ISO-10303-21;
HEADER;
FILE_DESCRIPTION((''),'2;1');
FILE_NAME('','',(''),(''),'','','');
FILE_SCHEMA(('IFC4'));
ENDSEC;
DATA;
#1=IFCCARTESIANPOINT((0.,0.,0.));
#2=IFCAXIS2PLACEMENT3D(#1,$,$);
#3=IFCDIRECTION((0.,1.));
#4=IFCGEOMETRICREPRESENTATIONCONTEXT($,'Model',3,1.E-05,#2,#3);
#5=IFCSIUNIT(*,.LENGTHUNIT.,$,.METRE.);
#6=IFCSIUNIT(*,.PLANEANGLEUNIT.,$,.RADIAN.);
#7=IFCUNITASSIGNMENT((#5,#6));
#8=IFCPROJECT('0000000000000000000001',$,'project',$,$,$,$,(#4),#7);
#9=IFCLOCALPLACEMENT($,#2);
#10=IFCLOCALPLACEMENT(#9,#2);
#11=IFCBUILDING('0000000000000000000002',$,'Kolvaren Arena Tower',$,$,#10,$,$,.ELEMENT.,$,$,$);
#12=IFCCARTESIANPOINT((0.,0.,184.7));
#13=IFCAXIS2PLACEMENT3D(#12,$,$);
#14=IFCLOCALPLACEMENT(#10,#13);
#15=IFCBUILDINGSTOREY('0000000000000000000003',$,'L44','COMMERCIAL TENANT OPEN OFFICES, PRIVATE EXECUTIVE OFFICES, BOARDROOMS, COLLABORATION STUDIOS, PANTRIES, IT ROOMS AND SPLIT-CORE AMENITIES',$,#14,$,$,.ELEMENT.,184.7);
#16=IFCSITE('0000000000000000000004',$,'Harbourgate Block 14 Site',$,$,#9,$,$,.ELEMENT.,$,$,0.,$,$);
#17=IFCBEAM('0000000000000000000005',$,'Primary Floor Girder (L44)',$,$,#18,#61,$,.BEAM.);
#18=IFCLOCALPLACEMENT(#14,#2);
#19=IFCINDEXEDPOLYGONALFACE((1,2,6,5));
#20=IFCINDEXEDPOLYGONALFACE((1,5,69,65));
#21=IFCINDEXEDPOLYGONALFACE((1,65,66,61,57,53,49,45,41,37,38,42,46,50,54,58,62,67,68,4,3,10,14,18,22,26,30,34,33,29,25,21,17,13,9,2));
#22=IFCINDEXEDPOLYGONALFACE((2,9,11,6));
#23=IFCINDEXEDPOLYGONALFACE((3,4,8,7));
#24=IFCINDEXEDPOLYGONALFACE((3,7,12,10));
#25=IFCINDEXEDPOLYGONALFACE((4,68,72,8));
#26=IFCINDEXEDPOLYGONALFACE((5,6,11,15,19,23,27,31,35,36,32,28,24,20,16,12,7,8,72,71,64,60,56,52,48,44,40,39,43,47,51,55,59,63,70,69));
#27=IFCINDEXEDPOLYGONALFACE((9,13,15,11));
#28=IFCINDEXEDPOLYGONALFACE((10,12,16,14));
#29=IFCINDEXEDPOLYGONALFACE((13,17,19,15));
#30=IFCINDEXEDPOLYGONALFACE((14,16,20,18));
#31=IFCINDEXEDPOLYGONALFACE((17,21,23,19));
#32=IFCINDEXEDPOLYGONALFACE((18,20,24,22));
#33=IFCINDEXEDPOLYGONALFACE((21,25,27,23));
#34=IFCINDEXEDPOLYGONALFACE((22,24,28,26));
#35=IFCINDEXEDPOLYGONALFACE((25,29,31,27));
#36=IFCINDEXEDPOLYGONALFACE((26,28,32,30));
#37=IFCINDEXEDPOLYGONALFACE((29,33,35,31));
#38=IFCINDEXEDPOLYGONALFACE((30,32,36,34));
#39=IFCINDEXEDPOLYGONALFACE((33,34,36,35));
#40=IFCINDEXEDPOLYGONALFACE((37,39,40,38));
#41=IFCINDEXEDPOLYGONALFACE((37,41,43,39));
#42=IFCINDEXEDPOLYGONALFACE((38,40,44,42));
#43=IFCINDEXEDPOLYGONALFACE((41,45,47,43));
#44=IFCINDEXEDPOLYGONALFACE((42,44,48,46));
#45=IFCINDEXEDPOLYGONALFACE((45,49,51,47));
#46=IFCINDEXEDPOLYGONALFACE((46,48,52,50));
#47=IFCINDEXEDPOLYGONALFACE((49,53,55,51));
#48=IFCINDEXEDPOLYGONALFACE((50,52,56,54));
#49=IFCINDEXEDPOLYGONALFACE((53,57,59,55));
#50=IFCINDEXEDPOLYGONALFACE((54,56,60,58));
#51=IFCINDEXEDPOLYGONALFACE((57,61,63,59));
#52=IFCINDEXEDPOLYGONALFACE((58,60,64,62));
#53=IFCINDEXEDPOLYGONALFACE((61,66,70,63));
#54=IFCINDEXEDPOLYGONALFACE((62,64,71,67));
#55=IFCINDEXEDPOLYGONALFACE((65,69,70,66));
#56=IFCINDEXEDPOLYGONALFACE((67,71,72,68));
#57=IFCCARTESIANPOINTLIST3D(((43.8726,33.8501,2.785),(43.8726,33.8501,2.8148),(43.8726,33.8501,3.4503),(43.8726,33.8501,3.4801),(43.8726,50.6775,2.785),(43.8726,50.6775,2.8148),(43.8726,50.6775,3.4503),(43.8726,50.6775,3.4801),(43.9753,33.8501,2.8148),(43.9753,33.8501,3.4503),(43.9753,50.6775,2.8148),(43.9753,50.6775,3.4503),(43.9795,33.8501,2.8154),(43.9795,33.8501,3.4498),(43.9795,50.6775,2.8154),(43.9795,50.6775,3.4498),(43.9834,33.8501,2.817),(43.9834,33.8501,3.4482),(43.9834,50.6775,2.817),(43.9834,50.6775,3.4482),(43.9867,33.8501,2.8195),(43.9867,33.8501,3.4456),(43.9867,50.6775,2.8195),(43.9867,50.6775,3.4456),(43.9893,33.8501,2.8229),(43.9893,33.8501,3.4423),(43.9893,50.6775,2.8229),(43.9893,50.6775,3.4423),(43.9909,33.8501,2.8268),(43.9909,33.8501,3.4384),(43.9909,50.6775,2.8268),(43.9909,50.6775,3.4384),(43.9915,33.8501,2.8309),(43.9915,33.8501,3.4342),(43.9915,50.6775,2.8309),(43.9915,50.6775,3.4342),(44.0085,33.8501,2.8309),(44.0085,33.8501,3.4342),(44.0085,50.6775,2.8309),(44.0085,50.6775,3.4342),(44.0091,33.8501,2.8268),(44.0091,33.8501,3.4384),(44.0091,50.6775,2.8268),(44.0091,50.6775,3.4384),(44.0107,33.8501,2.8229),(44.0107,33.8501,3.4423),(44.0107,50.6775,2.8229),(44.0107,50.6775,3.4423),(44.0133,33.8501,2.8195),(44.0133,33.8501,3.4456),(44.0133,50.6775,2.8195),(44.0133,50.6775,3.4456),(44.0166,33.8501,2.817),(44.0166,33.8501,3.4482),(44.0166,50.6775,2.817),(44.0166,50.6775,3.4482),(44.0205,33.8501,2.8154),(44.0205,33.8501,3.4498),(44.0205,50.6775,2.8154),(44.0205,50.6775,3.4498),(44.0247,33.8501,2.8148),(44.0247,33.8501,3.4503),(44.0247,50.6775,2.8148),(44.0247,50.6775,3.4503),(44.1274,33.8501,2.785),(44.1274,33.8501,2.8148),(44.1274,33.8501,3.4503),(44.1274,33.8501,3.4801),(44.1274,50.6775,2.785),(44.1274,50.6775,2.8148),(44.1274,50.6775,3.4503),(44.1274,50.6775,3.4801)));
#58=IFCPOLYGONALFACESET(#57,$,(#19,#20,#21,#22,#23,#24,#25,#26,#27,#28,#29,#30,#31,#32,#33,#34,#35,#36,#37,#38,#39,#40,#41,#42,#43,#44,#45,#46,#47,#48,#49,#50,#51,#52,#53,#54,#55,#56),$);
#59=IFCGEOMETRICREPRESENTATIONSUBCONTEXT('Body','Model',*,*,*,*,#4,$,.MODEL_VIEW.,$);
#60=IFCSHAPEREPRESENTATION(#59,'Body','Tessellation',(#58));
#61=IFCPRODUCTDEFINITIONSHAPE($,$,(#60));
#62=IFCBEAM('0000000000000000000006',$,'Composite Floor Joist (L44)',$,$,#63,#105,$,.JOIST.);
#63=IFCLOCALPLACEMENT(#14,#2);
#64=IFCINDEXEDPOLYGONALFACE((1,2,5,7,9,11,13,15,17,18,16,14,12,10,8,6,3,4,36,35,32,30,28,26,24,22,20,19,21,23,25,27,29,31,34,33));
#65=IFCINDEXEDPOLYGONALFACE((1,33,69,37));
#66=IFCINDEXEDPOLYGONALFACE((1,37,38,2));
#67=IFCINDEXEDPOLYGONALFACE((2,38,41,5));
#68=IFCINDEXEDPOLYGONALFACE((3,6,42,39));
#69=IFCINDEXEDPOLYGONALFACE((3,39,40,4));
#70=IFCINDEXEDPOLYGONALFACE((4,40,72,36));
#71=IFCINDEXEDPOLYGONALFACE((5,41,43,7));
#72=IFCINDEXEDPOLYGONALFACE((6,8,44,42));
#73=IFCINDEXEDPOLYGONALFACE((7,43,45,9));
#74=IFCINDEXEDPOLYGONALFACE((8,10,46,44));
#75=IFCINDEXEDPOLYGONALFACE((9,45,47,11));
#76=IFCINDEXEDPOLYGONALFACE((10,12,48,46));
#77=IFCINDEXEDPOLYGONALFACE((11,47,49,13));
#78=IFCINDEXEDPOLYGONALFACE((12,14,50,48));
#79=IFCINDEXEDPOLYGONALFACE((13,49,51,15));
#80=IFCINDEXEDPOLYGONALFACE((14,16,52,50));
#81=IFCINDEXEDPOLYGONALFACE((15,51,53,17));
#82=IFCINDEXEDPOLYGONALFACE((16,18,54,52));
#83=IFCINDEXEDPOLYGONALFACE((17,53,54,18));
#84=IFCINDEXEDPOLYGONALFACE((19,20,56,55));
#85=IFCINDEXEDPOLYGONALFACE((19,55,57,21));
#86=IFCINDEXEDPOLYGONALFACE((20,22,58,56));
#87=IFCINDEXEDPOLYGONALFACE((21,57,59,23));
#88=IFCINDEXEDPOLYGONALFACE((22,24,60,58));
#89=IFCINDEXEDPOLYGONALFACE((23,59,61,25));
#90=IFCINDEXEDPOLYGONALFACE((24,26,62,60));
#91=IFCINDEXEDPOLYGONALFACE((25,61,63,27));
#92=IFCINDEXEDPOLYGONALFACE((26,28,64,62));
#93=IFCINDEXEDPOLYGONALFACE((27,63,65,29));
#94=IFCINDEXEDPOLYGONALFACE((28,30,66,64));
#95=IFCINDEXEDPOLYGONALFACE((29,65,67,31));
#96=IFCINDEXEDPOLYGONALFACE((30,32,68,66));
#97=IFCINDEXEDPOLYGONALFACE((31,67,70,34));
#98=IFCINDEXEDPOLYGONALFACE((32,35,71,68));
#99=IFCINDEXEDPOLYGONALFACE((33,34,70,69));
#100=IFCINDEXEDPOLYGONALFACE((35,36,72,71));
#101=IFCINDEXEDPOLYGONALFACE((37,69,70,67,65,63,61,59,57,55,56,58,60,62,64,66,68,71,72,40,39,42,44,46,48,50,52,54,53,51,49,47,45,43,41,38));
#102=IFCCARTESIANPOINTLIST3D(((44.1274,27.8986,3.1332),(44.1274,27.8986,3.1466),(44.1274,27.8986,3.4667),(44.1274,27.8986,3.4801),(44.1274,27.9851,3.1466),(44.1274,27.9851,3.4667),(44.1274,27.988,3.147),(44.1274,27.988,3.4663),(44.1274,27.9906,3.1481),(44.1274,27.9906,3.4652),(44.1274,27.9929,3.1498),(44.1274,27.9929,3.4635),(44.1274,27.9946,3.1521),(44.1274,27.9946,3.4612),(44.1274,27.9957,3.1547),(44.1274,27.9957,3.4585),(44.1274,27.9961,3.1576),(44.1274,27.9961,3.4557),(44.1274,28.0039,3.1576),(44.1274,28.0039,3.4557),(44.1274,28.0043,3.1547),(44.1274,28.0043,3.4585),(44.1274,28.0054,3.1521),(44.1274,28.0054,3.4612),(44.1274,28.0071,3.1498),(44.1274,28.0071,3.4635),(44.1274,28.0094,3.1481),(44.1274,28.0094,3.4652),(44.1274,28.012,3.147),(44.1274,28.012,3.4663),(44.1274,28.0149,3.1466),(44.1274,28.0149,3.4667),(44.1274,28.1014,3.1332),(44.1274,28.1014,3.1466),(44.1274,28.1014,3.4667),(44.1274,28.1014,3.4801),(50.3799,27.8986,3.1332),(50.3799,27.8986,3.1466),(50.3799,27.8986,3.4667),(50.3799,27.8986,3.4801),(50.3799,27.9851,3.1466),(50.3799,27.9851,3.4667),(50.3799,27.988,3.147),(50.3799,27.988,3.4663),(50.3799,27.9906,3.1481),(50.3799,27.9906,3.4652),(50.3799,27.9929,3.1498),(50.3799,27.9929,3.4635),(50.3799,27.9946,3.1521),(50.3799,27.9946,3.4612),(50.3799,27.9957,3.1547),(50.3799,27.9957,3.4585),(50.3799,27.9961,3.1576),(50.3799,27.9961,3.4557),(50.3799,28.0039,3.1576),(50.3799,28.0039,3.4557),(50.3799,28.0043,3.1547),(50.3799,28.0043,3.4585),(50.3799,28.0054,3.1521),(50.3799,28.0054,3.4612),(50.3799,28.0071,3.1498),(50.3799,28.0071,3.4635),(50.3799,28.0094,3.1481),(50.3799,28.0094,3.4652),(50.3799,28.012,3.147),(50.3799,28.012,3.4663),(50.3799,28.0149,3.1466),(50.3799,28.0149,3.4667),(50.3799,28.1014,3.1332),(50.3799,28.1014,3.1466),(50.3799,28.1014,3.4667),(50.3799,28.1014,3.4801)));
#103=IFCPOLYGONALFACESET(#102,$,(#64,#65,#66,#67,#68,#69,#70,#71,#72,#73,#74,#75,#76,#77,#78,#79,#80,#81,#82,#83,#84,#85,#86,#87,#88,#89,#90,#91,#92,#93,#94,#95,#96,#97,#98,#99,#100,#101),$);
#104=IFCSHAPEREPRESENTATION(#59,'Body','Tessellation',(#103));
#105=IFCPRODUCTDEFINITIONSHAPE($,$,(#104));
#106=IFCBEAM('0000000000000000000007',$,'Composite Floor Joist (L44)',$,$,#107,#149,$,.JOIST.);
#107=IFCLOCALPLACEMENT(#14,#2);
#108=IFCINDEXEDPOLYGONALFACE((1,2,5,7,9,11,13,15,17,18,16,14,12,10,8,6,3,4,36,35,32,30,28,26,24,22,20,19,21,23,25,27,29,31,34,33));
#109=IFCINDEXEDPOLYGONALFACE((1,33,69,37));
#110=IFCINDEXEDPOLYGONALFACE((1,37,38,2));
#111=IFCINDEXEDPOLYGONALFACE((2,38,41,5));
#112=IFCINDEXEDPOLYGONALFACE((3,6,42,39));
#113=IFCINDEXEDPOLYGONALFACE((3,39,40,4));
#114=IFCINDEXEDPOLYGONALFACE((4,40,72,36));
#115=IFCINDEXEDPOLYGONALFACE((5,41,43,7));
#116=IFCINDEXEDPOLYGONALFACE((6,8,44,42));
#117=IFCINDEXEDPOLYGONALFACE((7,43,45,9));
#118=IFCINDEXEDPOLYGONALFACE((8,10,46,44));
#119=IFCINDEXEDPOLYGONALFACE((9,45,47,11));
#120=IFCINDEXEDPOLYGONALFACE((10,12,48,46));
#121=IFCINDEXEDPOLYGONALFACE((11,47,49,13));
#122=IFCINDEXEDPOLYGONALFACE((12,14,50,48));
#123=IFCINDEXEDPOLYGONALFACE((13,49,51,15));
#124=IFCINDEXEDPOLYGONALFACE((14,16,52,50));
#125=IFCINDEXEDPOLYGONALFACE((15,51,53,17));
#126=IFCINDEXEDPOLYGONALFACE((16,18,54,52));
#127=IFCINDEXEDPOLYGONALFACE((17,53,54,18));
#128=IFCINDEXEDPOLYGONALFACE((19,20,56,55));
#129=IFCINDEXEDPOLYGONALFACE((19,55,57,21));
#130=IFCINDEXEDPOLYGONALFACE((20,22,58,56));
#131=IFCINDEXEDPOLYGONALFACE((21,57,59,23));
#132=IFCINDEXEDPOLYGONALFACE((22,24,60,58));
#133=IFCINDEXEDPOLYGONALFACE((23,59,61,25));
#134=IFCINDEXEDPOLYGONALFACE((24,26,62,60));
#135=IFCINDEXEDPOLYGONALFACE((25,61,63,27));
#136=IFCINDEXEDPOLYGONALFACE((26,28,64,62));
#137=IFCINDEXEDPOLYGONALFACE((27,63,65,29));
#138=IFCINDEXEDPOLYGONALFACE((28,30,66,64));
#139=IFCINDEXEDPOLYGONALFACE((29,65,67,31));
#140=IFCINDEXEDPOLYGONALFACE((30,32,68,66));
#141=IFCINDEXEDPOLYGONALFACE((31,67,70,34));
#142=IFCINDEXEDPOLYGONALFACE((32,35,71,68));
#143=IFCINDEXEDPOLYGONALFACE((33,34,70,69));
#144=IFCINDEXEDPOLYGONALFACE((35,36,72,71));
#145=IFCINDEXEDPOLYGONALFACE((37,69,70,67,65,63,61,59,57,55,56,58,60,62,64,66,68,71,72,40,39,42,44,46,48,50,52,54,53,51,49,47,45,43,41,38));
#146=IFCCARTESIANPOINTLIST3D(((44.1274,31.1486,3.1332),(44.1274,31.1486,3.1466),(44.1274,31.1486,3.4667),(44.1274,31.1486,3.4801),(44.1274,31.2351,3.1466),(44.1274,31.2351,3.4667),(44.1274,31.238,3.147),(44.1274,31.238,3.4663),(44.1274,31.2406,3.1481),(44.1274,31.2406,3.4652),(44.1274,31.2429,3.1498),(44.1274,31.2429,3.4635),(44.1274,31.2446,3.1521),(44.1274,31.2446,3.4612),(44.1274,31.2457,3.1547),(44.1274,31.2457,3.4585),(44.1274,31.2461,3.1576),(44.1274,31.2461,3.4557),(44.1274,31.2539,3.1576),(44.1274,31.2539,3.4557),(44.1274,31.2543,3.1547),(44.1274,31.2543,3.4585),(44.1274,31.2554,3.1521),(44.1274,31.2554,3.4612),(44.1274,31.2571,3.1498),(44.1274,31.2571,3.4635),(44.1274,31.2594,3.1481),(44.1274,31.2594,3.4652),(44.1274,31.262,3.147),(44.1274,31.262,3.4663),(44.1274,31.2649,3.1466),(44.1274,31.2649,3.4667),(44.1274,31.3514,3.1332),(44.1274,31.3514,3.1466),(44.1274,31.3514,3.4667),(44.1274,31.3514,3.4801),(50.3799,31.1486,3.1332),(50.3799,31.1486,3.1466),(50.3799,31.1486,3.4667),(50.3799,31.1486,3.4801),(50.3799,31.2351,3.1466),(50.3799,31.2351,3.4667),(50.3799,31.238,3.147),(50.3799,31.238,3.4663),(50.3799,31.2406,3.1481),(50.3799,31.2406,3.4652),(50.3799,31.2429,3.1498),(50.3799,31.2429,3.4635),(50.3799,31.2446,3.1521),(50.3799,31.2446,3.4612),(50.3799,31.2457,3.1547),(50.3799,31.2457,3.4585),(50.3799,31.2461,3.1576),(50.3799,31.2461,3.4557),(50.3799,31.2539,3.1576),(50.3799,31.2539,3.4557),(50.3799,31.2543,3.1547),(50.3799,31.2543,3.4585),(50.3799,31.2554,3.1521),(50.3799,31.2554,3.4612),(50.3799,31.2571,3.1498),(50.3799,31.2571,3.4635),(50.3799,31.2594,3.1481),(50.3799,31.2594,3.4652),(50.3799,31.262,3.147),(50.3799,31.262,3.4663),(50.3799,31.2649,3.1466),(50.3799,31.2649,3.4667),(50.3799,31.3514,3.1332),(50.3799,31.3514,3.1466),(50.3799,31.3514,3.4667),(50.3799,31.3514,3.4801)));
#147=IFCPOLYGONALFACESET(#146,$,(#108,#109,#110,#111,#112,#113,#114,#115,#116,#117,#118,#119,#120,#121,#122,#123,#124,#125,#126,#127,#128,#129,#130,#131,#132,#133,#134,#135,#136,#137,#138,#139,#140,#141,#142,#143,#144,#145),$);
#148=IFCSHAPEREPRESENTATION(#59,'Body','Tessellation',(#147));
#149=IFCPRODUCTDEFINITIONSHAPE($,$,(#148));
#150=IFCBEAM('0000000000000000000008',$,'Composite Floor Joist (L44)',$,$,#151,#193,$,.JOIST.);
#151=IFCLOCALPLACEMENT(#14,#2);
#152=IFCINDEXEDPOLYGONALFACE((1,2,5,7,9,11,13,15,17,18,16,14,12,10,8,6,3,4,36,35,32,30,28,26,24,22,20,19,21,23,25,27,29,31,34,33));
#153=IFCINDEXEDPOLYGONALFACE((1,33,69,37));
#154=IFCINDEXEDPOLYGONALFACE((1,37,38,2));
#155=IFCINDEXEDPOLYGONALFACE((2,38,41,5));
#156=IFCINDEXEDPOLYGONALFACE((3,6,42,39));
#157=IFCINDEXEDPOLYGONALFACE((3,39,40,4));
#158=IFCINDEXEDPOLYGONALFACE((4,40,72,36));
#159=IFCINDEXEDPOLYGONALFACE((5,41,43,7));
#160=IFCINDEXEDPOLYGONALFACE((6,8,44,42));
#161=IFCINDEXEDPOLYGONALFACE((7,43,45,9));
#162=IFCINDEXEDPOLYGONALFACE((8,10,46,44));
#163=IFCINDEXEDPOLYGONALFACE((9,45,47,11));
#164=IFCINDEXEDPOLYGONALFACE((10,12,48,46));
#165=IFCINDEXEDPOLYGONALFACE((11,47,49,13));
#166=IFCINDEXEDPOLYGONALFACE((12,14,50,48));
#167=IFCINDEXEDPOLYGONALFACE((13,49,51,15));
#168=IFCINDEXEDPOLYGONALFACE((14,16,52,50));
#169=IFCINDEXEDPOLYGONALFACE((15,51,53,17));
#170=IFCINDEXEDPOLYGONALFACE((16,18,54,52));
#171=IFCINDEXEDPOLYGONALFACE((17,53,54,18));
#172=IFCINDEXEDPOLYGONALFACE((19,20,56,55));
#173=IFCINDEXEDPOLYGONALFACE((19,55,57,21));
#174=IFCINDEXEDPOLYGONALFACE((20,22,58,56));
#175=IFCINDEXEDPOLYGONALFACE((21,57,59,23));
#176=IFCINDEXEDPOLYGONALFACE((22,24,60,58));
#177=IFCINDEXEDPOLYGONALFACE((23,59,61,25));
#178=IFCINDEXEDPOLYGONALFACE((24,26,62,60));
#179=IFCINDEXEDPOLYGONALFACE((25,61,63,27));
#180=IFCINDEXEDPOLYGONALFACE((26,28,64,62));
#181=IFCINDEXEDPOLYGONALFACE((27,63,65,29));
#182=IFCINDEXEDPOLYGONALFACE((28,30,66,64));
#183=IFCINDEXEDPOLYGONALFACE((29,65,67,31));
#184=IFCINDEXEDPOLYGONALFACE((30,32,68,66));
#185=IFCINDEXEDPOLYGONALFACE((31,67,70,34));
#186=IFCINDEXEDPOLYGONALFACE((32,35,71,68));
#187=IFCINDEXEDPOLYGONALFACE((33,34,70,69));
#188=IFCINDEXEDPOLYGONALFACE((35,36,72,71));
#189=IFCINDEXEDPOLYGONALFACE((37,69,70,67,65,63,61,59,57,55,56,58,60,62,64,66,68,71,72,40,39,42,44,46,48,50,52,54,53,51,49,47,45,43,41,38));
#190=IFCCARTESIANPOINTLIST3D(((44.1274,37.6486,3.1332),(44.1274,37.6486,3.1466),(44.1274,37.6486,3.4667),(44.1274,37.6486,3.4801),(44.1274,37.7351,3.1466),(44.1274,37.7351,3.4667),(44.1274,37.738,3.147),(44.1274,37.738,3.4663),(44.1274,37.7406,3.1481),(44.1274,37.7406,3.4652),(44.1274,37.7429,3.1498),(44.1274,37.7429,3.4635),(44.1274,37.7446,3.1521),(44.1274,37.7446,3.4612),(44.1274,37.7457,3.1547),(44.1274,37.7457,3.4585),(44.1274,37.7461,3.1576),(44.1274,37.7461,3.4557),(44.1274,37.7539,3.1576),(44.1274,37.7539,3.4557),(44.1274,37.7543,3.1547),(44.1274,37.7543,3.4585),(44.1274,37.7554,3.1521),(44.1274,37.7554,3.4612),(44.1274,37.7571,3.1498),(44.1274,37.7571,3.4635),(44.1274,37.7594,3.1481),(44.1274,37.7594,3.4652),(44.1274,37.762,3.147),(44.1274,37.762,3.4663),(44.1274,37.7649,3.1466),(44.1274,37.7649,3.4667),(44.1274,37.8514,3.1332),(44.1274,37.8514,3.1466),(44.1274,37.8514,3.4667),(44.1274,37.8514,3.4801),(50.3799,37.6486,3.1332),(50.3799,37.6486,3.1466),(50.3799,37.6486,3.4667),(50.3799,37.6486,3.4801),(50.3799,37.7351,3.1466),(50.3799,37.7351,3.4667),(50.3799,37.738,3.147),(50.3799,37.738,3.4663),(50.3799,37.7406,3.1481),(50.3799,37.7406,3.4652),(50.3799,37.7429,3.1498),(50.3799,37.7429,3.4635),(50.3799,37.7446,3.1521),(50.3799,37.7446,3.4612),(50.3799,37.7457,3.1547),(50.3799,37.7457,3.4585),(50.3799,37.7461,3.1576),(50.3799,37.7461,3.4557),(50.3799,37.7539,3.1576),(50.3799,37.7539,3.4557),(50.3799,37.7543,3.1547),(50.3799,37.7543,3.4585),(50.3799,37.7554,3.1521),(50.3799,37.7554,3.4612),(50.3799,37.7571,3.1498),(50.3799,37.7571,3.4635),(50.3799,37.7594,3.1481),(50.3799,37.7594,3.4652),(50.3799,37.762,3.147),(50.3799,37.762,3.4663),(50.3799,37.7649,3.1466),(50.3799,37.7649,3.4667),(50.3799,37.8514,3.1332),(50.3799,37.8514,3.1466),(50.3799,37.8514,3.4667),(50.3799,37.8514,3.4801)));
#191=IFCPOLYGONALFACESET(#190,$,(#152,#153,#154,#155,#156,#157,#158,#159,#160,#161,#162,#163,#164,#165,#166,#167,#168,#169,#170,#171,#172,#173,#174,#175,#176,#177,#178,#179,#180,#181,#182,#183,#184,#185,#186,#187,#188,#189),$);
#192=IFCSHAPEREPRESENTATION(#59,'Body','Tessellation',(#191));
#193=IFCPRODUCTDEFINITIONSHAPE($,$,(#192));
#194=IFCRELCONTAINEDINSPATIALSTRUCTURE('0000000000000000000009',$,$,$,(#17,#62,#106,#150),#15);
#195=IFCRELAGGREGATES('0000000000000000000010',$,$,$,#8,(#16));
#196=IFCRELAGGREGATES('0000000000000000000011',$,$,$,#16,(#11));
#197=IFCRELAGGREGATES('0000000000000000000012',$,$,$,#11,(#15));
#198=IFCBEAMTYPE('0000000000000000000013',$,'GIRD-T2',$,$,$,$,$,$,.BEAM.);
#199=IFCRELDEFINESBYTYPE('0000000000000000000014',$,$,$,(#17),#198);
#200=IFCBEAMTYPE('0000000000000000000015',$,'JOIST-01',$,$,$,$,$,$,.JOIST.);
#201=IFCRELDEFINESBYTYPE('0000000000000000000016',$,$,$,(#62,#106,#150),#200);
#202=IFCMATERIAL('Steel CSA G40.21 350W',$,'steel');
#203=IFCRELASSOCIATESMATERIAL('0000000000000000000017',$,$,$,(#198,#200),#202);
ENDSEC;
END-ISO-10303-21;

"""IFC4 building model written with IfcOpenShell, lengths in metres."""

from ifc_helpers import new_model, si_unit, direction, frame, origin, origin_2d, place, context, subcontext, project, spatial, i_section, extrude, material, material_profile, profile_set, type_object, element, save


model = new_model("IFC4")

# Units and contexts
model_context = context("Model", 3, precision=1e-05, world=origin(), true_north=direction((0.0, 1.0)))
body_context = subcontext(model_context, "Body", "Model", "MODEL_VIEW")
ifc_project = project(units=[si_unit("LENGTHUNIT", "METRE"), si_unit("PLANEANGLEUNIT", "RADIAN")], contexts=[model_context])

# Site, building, storey
site_placement = place(None, origin())
site = spatial("IfcSite", under=ifc_project, at=site_placement, Name="Harbourgate Block 14 Site", CompositionType="ELEMENT", RefElevation=0.0)
building_placement = place(site_placement, origin())
building = spatial("IfcBuilding", under=site, at=building_placement, Name="Kolvaren Arena Tower", CompositionType="ELEMENT")
storey_placement = place(building_placement, frame((0.0, 0.0, 184.7)))
storey = spatial("IfcBuildingStorey", under=building, at=storey_placement, Name="L44", Description="COMMERCIAL TENANT OPEN OFFICES, PRIVATE EXECUTIVE OFFICES, BOARDROOMS, COLLABORATION STUDIOS, PANTRIES, IT ROOMS AND SPLIT-CORE AMENITIES", CompositionType="ELEMENT", Elevation=184.7)

# Beams
ifc_material_1 = material(Name="Steel CSA G40.21 350W", Category="steel")
ifc_material_profile_1 = material_profile(ifc_material_1, i_section(OverallWidth=0.2549, OverallDepth=0.6951, WebThickness=0.0171, FlangeThickness=0.0298, FilletRadius=0.0161, at=origin_2d()), Name="W690x217")
ifc_profile_set_1 = profile_set([ifc_material_profile_1], Name="Steel CSA G40.21 350W")
beam_type_1 = type_object("IfcBeamType", Name="GIRD-T2", PredefinedType="BEAM", material=ifc_profile_set_1)
beam_1_placement = place(storey_placement, frame((44.0, 33.8501, 3.1326), z_axis=(0.0, 1.0, 0.0), x_axis=(-1.0, 0.0, 0.0)))
element("IfcBeam", 1, at=beam_1_placement, inside=storey, type_object=beam_type_1, Name="Primary Floor Girder (L44)", PredefinedType="BEAM", context=body_context, shape_type="SweptSolid", body=[
    extrude(i_section(OverallWidth=0.2549, OverallDepth=0.6951, WebThickness=0.0171, FlangeThickness=0.0298, FilletRadius=0.0161, at=origin_2d()), origin(), (0.0, 0.0, 1.0), 16.8274),
])
ifc_material_profile_2 = material_profile(ifc_material_1, i_section(OverallWidth=0.2029, OverallDepth=0.3469, WebThickness=0.0078, FlangeThickness=0.0134, FilletRadius=0.011, at=origin_2d()), Name="W360x64")
ifc_profile_set_2 = profile_set([ifc_material_profile_2], Name="Steel CSA G40.21 350W")
beam_type_2 = type_object("IfcBeamType", Name="JOIST-01", PredefinedType="JOIST", material=ifc_profile_set_2)
for number, where, z_axis, x_axis, name in (
    (2, (44.1274, 28.0, 3.3066), (1.0, 0.0, 0.0), (0.0, 1.0, 0.0), "Composite Floor Joist (L44)"),
    (3, (44.1274, 31.25, 3.3066), (1.0, 0.0, 0.0), (0.0, 1.0, 0.0), "Composite Floor Joist (L44)"),
    (4, (44.1274, 37.75, 3.3066), (1.0, 0.0, 0.0), (0.0, 1.0, 0.0), "Composite Floor Joist (L44)"),
):
    element("IfcBeam", number, at=place(storey_placement, frame(where, z_axis=z_axis, x_axis=x_axis)), inside=storey, type_object=beam_type_2, Name=name, PredefinedType="JOIST", context=body_context, shape_type="SweptSolid", body=[
        extrude(i_section(OverallWidth=0.2029, OverallDepth=0.3469, WebThickness=0.0078, FlangeThickness=0.0134, FilletRadius=0.011, at=origin_2d()), origin(), (0.0, 0.0, 1.0), 6.2524),
    ])

save(model, "model.ifc")
